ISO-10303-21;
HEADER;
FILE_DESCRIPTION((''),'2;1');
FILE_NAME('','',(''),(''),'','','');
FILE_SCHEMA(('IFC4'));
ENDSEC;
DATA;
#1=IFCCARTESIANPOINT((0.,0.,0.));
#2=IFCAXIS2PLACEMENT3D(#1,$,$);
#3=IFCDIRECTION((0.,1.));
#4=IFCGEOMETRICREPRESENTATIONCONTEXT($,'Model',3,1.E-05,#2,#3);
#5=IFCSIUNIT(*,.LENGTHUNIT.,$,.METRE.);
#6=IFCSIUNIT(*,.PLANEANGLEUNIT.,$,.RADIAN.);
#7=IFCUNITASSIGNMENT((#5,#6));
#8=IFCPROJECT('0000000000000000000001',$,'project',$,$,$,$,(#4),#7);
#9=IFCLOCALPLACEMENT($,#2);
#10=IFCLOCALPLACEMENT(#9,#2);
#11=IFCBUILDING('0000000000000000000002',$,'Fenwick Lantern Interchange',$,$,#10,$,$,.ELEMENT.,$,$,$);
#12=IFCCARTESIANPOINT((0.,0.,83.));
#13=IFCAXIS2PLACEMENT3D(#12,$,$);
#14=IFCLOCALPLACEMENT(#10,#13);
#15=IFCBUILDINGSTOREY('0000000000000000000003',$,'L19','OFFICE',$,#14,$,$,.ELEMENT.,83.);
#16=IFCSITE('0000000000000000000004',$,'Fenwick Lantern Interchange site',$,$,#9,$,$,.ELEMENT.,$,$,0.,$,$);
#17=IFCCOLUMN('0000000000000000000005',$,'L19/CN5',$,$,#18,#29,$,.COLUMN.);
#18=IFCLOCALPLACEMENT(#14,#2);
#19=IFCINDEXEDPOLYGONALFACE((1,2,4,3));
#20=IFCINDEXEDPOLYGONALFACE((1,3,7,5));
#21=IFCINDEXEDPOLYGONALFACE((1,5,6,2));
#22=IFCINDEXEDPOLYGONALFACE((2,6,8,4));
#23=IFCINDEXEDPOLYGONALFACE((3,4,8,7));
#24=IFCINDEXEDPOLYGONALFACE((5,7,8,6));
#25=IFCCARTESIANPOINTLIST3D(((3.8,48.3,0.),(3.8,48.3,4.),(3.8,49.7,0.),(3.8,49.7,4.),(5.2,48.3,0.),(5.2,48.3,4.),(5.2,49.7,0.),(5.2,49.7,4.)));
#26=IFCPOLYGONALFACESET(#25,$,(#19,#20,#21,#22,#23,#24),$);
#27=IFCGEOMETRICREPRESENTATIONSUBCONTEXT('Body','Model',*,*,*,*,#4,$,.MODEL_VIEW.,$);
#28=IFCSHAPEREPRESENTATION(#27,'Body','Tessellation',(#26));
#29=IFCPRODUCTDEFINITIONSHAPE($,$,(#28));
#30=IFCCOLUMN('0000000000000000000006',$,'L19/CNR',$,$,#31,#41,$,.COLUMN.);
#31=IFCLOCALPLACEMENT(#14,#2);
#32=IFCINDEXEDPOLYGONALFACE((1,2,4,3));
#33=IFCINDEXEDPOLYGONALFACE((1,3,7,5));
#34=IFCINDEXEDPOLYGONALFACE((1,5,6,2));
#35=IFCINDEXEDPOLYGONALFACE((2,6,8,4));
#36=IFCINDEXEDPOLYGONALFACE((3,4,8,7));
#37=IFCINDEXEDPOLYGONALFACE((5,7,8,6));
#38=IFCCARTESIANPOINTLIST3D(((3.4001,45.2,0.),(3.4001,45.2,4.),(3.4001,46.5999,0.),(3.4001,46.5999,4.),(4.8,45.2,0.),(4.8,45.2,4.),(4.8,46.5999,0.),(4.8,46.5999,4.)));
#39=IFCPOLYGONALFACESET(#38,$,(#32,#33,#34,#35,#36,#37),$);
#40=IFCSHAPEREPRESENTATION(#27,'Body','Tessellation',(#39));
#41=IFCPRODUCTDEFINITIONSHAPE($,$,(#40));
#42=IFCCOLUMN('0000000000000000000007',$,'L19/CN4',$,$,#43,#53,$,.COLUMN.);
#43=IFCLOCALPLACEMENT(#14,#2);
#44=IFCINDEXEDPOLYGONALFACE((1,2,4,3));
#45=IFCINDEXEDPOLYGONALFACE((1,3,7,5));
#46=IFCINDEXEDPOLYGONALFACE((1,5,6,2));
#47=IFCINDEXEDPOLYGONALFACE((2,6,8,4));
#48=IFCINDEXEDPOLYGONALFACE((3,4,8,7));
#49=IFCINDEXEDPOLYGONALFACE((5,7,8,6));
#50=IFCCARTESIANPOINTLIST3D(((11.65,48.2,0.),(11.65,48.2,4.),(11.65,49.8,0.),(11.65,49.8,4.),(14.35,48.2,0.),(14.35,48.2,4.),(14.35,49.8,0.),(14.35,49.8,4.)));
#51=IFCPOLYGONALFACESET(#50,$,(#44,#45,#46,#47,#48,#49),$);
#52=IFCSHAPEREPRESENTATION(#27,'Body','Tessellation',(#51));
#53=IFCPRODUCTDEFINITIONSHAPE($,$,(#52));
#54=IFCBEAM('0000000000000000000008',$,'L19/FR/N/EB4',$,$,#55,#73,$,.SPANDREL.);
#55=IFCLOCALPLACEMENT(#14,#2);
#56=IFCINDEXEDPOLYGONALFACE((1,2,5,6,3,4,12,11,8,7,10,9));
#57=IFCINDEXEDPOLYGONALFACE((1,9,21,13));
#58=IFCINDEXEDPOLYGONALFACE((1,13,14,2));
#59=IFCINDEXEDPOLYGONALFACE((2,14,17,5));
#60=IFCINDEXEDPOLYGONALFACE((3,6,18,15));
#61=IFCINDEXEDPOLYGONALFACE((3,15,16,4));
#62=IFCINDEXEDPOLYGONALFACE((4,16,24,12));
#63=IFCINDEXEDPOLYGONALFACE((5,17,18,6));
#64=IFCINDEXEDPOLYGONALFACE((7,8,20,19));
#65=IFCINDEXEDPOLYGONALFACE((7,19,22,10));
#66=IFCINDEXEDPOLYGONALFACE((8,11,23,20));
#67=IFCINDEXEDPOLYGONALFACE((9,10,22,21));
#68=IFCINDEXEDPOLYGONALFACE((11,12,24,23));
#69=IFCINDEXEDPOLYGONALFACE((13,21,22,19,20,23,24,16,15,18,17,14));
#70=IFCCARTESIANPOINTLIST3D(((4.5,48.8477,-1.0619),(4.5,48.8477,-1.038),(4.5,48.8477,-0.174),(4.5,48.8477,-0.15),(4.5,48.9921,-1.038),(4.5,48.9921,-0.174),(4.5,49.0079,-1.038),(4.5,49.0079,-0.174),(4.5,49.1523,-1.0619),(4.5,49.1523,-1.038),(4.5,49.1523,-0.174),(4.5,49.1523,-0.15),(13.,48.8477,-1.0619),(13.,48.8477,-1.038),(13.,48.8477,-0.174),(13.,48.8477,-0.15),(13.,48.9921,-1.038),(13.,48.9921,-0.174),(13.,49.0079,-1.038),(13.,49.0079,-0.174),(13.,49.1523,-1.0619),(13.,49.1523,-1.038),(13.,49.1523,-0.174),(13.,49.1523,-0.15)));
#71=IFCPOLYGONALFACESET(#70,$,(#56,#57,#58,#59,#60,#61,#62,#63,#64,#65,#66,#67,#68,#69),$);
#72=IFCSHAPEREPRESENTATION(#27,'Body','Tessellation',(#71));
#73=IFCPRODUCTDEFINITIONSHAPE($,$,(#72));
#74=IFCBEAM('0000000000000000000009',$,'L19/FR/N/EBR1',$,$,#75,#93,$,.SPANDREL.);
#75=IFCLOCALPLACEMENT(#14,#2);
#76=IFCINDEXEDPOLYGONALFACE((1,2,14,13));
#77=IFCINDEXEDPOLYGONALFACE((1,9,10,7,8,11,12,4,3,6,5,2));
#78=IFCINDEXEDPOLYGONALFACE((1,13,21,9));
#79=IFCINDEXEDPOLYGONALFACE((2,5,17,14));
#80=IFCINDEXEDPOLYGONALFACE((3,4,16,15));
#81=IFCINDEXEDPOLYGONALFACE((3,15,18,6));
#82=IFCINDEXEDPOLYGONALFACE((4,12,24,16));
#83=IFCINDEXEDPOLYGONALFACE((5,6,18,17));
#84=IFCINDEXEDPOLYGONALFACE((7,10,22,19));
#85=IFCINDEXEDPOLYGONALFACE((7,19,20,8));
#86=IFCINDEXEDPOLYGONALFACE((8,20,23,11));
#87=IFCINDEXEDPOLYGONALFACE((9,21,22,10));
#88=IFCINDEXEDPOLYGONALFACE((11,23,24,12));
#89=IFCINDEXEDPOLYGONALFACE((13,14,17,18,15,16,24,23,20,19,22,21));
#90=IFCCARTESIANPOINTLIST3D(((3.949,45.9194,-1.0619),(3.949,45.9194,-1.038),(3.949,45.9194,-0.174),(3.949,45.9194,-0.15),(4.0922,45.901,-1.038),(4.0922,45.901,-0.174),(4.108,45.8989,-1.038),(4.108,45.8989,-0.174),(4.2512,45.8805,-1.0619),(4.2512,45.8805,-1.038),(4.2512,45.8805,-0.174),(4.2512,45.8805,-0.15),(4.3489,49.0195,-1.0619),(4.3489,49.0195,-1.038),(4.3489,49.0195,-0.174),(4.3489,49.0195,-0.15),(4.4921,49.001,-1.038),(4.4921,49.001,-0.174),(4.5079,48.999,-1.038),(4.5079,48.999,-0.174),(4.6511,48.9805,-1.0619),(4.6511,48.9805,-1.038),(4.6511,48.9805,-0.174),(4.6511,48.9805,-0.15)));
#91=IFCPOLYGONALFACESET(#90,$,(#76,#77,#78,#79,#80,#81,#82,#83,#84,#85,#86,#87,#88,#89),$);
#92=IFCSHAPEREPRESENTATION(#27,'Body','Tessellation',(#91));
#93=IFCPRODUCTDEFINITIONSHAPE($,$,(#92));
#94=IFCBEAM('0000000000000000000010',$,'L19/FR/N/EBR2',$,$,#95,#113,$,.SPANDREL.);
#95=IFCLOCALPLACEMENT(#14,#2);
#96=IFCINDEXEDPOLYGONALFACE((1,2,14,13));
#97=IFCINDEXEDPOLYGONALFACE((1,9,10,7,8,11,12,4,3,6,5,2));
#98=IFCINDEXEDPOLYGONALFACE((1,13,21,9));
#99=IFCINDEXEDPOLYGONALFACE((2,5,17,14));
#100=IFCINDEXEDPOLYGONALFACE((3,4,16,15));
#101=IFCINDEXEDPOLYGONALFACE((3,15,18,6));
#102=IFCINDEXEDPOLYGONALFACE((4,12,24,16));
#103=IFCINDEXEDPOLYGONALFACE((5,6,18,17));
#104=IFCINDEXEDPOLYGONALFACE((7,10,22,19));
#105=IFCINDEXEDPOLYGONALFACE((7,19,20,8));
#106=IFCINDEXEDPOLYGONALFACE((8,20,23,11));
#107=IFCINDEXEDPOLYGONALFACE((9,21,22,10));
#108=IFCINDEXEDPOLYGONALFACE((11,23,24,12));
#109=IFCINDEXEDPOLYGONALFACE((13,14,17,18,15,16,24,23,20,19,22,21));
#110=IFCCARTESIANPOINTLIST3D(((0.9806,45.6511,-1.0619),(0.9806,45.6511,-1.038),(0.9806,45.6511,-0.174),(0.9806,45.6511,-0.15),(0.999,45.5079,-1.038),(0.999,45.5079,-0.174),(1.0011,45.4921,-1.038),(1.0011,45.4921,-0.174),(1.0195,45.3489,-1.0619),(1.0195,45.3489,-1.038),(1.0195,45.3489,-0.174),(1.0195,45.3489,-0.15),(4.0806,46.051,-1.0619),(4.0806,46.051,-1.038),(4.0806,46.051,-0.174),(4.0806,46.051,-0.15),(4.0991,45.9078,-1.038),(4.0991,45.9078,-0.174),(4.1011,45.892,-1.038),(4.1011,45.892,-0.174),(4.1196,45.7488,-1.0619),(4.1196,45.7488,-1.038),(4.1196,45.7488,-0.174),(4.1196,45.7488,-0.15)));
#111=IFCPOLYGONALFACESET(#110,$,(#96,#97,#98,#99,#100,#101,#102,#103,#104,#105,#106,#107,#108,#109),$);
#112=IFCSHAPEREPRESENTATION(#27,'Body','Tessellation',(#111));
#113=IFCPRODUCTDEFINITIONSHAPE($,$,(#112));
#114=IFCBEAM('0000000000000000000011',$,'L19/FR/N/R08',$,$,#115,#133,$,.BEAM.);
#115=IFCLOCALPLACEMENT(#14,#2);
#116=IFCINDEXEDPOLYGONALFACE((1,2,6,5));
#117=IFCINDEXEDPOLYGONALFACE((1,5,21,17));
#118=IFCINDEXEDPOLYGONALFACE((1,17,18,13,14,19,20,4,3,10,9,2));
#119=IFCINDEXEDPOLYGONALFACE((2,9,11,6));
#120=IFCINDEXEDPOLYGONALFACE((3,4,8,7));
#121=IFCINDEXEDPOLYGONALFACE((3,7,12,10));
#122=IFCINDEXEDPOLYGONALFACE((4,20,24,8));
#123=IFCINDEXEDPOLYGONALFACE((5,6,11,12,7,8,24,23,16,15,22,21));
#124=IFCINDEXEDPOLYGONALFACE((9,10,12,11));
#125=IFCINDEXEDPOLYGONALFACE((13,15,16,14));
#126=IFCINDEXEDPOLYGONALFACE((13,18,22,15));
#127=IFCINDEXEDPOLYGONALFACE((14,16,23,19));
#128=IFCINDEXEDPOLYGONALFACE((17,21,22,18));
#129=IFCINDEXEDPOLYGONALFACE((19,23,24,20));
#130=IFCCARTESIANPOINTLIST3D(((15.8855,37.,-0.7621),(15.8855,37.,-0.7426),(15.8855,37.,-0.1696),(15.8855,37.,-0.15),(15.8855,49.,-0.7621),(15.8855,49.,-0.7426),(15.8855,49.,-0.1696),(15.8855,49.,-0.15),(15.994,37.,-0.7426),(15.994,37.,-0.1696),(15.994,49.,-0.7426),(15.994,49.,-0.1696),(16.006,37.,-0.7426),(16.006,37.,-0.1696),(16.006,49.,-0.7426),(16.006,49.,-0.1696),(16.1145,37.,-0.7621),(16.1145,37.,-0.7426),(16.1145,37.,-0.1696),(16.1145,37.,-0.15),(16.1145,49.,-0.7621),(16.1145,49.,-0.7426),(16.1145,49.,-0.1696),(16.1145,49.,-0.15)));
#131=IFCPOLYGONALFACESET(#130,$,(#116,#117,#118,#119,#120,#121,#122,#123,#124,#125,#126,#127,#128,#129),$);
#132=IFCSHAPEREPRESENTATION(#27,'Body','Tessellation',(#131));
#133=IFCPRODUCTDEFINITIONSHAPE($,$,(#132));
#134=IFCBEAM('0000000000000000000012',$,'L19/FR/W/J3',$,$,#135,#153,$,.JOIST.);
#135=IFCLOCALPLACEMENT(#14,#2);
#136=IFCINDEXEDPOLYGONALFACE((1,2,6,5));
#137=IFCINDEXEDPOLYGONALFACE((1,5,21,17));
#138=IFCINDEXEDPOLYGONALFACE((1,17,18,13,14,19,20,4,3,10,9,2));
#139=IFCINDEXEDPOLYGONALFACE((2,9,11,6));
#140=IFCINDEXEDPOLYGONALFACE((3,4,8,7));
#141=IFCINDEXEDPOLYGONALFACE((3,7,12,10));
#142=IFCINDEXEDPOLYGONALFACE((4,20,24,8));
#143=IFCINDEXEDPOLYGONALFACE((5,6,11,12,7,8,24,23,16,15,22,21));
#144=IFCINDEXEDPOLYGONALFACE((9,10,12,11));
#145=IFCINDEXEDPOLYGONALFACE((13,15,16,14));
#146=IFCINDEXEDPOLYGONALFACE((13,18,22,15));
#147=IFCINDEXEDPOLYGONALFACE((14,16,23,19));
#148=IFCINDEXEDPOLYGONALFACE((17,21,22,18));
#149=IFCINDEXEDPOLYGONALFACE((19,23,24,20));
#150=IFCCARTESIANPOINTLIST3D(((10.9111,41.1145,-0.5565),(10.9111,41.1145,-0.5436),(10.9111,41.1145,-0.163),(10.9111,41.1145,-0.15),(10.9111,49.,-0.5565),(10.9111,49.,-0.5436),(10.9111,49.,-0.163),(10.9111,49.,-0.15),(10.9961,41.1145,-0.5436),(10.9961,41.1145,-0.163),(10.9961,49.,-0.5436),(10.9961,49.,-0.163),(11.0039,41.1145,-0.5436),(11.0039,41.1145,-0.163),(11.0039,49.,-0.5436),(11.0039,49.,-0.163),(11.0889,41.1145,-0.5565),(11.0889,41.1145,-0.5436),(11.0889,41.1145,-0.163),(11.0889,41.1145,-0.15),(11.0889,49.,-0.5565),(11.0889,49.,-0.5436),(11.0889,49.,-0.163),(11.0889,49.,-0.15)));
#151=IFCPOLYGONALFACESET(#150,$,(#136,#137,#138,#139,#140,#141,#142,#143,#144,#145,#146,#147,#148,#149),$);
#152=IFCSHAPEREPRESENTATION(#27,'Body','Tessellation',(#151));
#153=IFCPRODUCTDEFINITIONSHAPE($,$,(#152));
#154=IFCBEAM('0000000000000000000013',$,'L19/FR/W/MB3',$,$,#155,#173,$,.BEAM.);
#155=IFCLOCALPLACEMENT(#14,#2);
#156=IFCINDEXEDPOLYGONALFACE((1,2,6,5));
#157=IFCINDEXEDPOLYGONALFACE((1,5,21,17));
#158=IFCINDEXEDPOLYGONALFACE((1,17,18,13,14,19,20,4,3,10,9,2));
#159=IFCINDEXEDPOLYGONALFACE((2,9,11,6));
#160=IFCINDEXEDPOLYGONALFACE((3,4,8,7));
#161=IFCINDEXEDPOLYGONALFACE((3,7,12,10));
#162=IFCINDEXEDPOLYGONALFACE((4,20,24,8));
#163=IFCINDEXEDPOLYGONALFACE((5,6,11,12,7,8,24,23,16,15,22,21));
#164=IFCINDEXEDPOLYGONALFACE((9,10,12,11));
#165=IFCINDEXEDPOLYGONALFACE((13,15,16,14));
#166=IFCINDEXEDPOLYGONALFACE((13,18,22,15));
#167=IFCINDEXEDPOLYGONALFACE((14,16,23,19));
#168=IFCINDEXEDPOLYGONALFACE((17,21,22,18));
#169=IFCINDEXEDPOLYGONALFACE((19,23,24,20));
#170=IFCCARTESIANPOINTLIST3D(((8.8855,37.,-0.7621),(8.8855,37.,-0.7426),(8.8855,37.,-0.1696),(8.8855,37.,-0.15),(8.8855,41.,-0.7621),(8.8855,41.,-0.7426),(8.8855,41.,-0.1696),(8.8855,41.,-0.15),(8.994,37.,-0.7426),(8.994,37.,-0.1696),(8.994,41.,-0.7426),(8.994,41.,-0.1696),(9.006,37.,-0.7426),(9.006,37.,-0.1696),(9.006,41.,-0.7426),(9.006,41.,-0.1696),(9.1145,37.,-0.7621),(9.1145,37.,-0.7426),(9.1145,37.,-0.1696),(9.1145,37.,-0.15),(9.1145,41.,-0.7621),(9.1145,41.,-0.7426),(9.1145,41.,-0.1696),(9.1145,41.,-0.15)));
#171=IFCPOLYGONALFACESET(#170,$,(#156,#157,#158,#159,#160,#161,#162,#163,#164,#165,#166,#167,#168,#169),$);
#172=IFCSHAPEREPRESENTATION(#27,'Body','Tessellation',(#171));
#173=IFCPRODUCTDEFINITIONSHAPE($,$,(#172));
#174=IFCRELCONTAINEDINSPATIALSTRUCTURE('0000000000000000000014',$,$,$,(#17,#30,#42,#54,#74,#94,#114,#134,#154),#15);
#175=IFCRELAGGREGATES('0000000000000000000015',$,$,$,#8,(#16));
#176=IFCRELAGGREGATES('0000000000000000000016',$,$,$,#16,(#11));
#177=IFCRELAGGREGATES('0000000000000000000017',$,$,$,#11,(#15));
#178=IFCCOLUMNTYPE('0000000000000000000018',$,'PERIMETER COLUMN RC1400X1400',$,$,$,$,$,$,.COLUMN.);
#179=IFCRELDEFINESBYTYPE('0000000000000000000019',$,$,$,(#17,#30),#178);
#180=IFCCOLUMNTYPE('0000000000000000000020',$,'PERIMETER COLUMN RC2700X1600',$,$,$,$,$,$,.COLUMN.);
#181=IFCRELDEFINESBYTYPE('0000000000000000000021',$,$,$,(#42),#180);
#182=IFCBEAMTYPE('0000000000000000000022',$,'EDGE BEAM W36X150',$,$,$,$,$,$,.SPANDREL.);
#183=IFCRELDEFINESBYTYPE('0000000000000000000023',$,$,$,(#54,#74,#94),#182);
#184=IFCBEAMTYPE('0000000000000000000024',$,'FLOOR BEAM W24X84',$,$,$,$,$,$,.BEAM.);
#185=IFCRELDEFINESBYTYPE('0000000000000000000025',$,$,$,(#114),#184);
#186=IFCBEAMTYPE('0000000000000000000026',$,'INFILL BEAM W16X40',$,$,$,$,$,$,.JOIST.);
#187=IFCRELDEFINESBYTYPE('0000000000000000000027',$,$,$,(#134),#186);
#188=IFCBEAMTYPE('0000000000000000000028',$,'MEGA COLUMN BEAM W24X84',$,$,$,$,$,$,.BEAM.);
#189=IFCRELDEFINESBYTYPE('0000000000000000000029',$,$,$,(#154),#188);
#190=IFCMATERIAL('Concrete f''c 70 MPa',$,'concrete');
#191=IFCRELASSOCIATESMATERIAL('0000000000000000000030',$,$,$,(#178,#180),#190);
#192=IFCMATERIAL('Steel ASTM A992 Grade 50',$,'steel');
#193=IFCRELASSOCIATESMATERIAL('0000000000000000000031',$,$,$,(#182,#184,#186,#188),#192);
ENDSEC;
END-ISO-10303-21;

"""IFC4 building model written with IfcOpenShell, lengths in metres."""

from ifc_helpers import new_model, si_unit, direction, frame, origin, origin_2d, place, context, subcontext, project, spatial, rectangle, i_section, extrude, material, material_profile, profile_set, type_object, element, save


model = new_model("IFC4")

# Units and contexts
model_context = context("Model", 3, precision=1e-05, world=origin(), true_north=direction((0.0, 1.0)))
body_context = subcontext(model_context, "Body", "Model", "MODEL_VIEW")
ifc_project = project(units=[si_unit("LENGTHUNIT", "METRE"), si_unit("PLANEANGLEUNIT", "RADIAN")], contexts=[model_context])

# Site, building, storey
site_placement = place(None, origin())
site = spatial("IfcSite", under=ifc_project, at=site_placement, Name="Fenwick Lantern Interchange site", CompositionType="ELEMENT", RefElevation=0.0)
building_placement = place(site_placement, origin())
building = spatial("IfcBuilding", under=site, at=building_placement, Name="Fenwick Lantern Interchange", CompositionType="ELEMENT")
storey_placement = place(building_placement, frame((0.0, 0.0, 83.0)))
storey = spatial("IfcBuildingStorey", under=building, at=storey_placement, Name="L19", Description="OFFICE", CompositionType="ELEMENT", Elevation=83.0)

# Columns
ifc_material_1 = material(Name="Concrete f'c 70 MPa", Category="concrete")
ifc_material_profile_1 = material_profile(ifc_material_1, rectangle(XDim=1.3999, YDim=1.3999, at=origin_2d()), Name="RC1400X1400")
ifc_profile_set_1 = profile_set([ifc_material_profile_1], Name="Concrete f'c 70 MPa")
column_type_1 = type_object("IfcColumnType", Name="PERIMETER COLUMN RC1400X1400", PredefinedType="COLUMN", material=ifc_profile_set_1)
for number, where, z_axis, x_axis, name in (
    (1, (4.5, 49.0, 0.0), (0.0, 0.0, 1.0), (1.0, 0.0, 0.0), "L19/CN5"),
    (2, (4.1001, 45.8999, 0.0), (0.0, 0.0, 1.0), (1.0, 0.0, 0.0), "L19/CNR"),
):
    element("IfcColumn", number, at=place(storey_placement, frame(where, z_axis=z_axis, x_axis=x_axis)), inside=storey, type_object=column_type_1, Name=name, PredefinedType="COLUMN", context=body_context, shape_type="SweptSolid", body=[
        extrude(rectangle(XDim=1.3999, YDim=1.3999, at=origin_2d()), origin(), (0.0, 0.0, 1.0), 4.0),
    ])
ifc_material_profile_2 = material_profile(ifc_material_1, rectangle(XDim=2.7, YDim=1.6001, at=origin_2d()), Name="RC2700X1600")
ifc_profile_set_2 = profile_set([ifc_material_profile_2], Name="Concrete f'c 70 MPa")
column_type_2 = type_object("IfcColumnType", Name="PERIMETER COLUMN RC2700X1600", PredefinedType="COLUMN", material=ifc_profile_set_2)
column_placement = place(storey_placement, frame((13.0, 49.0, 0.0), z_axis=(0.0, 0.0, 1.0), x_axis=(1.0, 0.0, 0.0)))
element("IfcColumn", 3, at=column_placement, inside=storey, type_object=column_type_2, Name="L19/CN4", PredefinedType="COLUMN", context=body_context, shape_type="SweptSolid", body=[
    extrude(rectangle(XDim=2.7, YDim=1.6001, at=origin_2d()), origin(), (0.0, 0.0, 1.0), 4.0),
])

# Beams
ifc_material_2 = material(Name="Steel ASTM A992 Grade 50", Category="steel")
ifc_material_profile_3 = material_profile(ifc_material_2, i_section(OverallWidth=0.3047, OverallDepth=0.9119, WebThickness=0.0159, FlangeThickness=0.0239, at=origin_2d()), Name="W36X150")
ifc_profile_set_3 = profile_set([ifc_material_profile_3], Name="Steel ASTM A992 Grade 50")
beam_type_1 = type_object("IfcBeamType", Name="EDGE BEAM W36X150", PredefinedType="SPANDREL", material=ifc_profile_set_3)
beam_1_placement = place(storey_placement, frame((13.0, 49.0, -0.606), z_axis=(-1.0, 0.0, 0.0), x_axis=(0.0, -1.0, 0.0)))
element("IfcBeam", 4, at=beam_1_placement, inside=storey, type_object=beam_type_1, Name="L19/FR/N/EB4", PredefinedType="SPANDREL", context=body_context, shape_type="SweptSolid", body=[
    extrude(i_section(OverallWidth=0.3047, OverallDepth=0.9119, WebThickness=0.0159, FlangeThickness=0.0239, at=origin_2d()), origin(), (0.0, 0.0, 1.0), 8.5),
])
for number, where, z_axis, x_axis, name in (
    (5, (4.5, 49.0, -0.606), (-0.127937, -0.991782, 0.0), (0.991782, -0.127937, 0.0), "L19/FR/N/EBR1"),
    (6, (4.1001, 45.8999, -0.606), (-0.991782, -0.127937, 0.0), (0.127937, -0.991782, 0.0), "L19/FR/N/EBR2"),
):
    element("IfcBeam", number, at=place(storey_placement, frame(where, z_axis=z_axis, x_axis=x_axis)), inside=storey, type_object=beam_type_1, Name=name, PredefinedType="SPANDREL", context=body_context, shape_type="SweptSolid", body=[
        extrude(i_section(OverallWidth=0.3047, OverallDepth=0.9119, WebThickness=0.0159, FlangeThickness=0.0239, at=origin_2d()), origin(), (0.0, 0.0, 1.0), 3.1257),
    ])
ifc_material_profile_4 = material_profile(ifc_material_2, i_section(OverallWidth=0.229, OverallDepth=0.6121, WebThickness=0.012, FlangeThickness=0.0195, at=origin_2d()), Name="W24X84")
ifc_profile_set_4 = profile_set([ifc_material_profile_4], Name="Steel ASTM A992 Grade 50")
beam_type_2 = type_object("IfcBeamType", Name="FLOOR BEAM W24X84", PredefinedType="BEAM", material=ifc_profile_set_4)
beam_2_placement = place(storey_placement, frame((16.0, 49.0, -0.4561), z_axis=(0.0, -1.0, 0.0), x_axis=(1.0, 0.0, 0.0)))
element("IfcBeam", 7, at=beam_2_placement, inside=storey, type_object=beam_type_2, Name="L19/FR/N/R08", PredefinedType="BEAM", context=body_context, shape_type="SweptSolid", body=[
    extrude(i_section(OverallWidth=0.229, OverallDepth=0.6121, WebThickness=0.012, FlangeThickness=0.0195, at=origin_2d()), origin(), (0.0, 0.0, 1.0), 12.0),
])
ifc_material_profile_5 = material_profile(ifc_material_2, i_section(OverallWidth=0.1777, OverallDepth=0.4065, WebThickness=0.0078, FlangeThickness=0.0129, at=origin_2d()), Name="W16X40")
ifc_profile_set_5 = profile_set([ifc_material_profile_5], Name="Steel ASTM A992 Grade 50")
beam_type_3 = type_object("IfcBeamType", Name="INFILL BEAM W16X40", PredefinedType="JOIST", material=ifc_profile_set_5)
beam_3_placement = place(storey_placement, frame((11.0, 49.0, -0.3533), z_axis=(0.0, -1.0, 0.0), x_axis=(1.0, 0.0, 0.0)))
element("IfcBeam", 8, at=beam_3_placement, inside=storey, type_object=beam_type_3, Name="L19/FR/W/J3", PredefinedType="JOIST", context=body_context, shape_type="SweptSolid", body=[
    extrude(i_section(OverallWidth=0.1777, OverallDepth=0.4065, WebThickness=0.0078, FlangeThickness=0.0129, at=origin_2d()), origin(), (0.0, 0.0, 1.0), 7.8855),
])
ifc_material_profile_6 = material_profile(ifc_material_2, i_section(OverallWidth=0.229, OverallDepth=0.6121, WebThickness=0.012, FlangeThickness=0.0195, at=origin_2d()), Name="W24X84")
ifc_profile_set_6 = profile_set([ifc_material_profile_6], Name="Steel ASTM A992 Grade 50")
beam_type_4 = type_object("IfcBeamType", Name="MEGA COLUMN BEAM W24X84", PredefinedType="BEAM", material=ifc_profile_set_6)
for number, where, z_axis, x_axis, name in (
    (9, (9.0, 41.0, -0.4561), (0.0, -1.0, 0.0), (1.0, 0.0, 0.0), "L19/FR/W/MB3"),
):
    element("IfcBeam", number, at=place(storey_placement, frame(where, z_axis=z_axis, x_axis=x_axis)), inside=storey, type_object=beam_type_4, Name=name, PredefinedType="BEAM", context=body_context, shape_type="SweptSolid", body=[
        extrude(i_section(OverallWidth=0.229, OverallDepth=0.6121, WebThickness=0.012, FlangeThickness=0.0195, at=origin_2d()), origin(), (0.0, 0.0, 1.0), 4.0),
    ])

save(model, "model.ifc")
